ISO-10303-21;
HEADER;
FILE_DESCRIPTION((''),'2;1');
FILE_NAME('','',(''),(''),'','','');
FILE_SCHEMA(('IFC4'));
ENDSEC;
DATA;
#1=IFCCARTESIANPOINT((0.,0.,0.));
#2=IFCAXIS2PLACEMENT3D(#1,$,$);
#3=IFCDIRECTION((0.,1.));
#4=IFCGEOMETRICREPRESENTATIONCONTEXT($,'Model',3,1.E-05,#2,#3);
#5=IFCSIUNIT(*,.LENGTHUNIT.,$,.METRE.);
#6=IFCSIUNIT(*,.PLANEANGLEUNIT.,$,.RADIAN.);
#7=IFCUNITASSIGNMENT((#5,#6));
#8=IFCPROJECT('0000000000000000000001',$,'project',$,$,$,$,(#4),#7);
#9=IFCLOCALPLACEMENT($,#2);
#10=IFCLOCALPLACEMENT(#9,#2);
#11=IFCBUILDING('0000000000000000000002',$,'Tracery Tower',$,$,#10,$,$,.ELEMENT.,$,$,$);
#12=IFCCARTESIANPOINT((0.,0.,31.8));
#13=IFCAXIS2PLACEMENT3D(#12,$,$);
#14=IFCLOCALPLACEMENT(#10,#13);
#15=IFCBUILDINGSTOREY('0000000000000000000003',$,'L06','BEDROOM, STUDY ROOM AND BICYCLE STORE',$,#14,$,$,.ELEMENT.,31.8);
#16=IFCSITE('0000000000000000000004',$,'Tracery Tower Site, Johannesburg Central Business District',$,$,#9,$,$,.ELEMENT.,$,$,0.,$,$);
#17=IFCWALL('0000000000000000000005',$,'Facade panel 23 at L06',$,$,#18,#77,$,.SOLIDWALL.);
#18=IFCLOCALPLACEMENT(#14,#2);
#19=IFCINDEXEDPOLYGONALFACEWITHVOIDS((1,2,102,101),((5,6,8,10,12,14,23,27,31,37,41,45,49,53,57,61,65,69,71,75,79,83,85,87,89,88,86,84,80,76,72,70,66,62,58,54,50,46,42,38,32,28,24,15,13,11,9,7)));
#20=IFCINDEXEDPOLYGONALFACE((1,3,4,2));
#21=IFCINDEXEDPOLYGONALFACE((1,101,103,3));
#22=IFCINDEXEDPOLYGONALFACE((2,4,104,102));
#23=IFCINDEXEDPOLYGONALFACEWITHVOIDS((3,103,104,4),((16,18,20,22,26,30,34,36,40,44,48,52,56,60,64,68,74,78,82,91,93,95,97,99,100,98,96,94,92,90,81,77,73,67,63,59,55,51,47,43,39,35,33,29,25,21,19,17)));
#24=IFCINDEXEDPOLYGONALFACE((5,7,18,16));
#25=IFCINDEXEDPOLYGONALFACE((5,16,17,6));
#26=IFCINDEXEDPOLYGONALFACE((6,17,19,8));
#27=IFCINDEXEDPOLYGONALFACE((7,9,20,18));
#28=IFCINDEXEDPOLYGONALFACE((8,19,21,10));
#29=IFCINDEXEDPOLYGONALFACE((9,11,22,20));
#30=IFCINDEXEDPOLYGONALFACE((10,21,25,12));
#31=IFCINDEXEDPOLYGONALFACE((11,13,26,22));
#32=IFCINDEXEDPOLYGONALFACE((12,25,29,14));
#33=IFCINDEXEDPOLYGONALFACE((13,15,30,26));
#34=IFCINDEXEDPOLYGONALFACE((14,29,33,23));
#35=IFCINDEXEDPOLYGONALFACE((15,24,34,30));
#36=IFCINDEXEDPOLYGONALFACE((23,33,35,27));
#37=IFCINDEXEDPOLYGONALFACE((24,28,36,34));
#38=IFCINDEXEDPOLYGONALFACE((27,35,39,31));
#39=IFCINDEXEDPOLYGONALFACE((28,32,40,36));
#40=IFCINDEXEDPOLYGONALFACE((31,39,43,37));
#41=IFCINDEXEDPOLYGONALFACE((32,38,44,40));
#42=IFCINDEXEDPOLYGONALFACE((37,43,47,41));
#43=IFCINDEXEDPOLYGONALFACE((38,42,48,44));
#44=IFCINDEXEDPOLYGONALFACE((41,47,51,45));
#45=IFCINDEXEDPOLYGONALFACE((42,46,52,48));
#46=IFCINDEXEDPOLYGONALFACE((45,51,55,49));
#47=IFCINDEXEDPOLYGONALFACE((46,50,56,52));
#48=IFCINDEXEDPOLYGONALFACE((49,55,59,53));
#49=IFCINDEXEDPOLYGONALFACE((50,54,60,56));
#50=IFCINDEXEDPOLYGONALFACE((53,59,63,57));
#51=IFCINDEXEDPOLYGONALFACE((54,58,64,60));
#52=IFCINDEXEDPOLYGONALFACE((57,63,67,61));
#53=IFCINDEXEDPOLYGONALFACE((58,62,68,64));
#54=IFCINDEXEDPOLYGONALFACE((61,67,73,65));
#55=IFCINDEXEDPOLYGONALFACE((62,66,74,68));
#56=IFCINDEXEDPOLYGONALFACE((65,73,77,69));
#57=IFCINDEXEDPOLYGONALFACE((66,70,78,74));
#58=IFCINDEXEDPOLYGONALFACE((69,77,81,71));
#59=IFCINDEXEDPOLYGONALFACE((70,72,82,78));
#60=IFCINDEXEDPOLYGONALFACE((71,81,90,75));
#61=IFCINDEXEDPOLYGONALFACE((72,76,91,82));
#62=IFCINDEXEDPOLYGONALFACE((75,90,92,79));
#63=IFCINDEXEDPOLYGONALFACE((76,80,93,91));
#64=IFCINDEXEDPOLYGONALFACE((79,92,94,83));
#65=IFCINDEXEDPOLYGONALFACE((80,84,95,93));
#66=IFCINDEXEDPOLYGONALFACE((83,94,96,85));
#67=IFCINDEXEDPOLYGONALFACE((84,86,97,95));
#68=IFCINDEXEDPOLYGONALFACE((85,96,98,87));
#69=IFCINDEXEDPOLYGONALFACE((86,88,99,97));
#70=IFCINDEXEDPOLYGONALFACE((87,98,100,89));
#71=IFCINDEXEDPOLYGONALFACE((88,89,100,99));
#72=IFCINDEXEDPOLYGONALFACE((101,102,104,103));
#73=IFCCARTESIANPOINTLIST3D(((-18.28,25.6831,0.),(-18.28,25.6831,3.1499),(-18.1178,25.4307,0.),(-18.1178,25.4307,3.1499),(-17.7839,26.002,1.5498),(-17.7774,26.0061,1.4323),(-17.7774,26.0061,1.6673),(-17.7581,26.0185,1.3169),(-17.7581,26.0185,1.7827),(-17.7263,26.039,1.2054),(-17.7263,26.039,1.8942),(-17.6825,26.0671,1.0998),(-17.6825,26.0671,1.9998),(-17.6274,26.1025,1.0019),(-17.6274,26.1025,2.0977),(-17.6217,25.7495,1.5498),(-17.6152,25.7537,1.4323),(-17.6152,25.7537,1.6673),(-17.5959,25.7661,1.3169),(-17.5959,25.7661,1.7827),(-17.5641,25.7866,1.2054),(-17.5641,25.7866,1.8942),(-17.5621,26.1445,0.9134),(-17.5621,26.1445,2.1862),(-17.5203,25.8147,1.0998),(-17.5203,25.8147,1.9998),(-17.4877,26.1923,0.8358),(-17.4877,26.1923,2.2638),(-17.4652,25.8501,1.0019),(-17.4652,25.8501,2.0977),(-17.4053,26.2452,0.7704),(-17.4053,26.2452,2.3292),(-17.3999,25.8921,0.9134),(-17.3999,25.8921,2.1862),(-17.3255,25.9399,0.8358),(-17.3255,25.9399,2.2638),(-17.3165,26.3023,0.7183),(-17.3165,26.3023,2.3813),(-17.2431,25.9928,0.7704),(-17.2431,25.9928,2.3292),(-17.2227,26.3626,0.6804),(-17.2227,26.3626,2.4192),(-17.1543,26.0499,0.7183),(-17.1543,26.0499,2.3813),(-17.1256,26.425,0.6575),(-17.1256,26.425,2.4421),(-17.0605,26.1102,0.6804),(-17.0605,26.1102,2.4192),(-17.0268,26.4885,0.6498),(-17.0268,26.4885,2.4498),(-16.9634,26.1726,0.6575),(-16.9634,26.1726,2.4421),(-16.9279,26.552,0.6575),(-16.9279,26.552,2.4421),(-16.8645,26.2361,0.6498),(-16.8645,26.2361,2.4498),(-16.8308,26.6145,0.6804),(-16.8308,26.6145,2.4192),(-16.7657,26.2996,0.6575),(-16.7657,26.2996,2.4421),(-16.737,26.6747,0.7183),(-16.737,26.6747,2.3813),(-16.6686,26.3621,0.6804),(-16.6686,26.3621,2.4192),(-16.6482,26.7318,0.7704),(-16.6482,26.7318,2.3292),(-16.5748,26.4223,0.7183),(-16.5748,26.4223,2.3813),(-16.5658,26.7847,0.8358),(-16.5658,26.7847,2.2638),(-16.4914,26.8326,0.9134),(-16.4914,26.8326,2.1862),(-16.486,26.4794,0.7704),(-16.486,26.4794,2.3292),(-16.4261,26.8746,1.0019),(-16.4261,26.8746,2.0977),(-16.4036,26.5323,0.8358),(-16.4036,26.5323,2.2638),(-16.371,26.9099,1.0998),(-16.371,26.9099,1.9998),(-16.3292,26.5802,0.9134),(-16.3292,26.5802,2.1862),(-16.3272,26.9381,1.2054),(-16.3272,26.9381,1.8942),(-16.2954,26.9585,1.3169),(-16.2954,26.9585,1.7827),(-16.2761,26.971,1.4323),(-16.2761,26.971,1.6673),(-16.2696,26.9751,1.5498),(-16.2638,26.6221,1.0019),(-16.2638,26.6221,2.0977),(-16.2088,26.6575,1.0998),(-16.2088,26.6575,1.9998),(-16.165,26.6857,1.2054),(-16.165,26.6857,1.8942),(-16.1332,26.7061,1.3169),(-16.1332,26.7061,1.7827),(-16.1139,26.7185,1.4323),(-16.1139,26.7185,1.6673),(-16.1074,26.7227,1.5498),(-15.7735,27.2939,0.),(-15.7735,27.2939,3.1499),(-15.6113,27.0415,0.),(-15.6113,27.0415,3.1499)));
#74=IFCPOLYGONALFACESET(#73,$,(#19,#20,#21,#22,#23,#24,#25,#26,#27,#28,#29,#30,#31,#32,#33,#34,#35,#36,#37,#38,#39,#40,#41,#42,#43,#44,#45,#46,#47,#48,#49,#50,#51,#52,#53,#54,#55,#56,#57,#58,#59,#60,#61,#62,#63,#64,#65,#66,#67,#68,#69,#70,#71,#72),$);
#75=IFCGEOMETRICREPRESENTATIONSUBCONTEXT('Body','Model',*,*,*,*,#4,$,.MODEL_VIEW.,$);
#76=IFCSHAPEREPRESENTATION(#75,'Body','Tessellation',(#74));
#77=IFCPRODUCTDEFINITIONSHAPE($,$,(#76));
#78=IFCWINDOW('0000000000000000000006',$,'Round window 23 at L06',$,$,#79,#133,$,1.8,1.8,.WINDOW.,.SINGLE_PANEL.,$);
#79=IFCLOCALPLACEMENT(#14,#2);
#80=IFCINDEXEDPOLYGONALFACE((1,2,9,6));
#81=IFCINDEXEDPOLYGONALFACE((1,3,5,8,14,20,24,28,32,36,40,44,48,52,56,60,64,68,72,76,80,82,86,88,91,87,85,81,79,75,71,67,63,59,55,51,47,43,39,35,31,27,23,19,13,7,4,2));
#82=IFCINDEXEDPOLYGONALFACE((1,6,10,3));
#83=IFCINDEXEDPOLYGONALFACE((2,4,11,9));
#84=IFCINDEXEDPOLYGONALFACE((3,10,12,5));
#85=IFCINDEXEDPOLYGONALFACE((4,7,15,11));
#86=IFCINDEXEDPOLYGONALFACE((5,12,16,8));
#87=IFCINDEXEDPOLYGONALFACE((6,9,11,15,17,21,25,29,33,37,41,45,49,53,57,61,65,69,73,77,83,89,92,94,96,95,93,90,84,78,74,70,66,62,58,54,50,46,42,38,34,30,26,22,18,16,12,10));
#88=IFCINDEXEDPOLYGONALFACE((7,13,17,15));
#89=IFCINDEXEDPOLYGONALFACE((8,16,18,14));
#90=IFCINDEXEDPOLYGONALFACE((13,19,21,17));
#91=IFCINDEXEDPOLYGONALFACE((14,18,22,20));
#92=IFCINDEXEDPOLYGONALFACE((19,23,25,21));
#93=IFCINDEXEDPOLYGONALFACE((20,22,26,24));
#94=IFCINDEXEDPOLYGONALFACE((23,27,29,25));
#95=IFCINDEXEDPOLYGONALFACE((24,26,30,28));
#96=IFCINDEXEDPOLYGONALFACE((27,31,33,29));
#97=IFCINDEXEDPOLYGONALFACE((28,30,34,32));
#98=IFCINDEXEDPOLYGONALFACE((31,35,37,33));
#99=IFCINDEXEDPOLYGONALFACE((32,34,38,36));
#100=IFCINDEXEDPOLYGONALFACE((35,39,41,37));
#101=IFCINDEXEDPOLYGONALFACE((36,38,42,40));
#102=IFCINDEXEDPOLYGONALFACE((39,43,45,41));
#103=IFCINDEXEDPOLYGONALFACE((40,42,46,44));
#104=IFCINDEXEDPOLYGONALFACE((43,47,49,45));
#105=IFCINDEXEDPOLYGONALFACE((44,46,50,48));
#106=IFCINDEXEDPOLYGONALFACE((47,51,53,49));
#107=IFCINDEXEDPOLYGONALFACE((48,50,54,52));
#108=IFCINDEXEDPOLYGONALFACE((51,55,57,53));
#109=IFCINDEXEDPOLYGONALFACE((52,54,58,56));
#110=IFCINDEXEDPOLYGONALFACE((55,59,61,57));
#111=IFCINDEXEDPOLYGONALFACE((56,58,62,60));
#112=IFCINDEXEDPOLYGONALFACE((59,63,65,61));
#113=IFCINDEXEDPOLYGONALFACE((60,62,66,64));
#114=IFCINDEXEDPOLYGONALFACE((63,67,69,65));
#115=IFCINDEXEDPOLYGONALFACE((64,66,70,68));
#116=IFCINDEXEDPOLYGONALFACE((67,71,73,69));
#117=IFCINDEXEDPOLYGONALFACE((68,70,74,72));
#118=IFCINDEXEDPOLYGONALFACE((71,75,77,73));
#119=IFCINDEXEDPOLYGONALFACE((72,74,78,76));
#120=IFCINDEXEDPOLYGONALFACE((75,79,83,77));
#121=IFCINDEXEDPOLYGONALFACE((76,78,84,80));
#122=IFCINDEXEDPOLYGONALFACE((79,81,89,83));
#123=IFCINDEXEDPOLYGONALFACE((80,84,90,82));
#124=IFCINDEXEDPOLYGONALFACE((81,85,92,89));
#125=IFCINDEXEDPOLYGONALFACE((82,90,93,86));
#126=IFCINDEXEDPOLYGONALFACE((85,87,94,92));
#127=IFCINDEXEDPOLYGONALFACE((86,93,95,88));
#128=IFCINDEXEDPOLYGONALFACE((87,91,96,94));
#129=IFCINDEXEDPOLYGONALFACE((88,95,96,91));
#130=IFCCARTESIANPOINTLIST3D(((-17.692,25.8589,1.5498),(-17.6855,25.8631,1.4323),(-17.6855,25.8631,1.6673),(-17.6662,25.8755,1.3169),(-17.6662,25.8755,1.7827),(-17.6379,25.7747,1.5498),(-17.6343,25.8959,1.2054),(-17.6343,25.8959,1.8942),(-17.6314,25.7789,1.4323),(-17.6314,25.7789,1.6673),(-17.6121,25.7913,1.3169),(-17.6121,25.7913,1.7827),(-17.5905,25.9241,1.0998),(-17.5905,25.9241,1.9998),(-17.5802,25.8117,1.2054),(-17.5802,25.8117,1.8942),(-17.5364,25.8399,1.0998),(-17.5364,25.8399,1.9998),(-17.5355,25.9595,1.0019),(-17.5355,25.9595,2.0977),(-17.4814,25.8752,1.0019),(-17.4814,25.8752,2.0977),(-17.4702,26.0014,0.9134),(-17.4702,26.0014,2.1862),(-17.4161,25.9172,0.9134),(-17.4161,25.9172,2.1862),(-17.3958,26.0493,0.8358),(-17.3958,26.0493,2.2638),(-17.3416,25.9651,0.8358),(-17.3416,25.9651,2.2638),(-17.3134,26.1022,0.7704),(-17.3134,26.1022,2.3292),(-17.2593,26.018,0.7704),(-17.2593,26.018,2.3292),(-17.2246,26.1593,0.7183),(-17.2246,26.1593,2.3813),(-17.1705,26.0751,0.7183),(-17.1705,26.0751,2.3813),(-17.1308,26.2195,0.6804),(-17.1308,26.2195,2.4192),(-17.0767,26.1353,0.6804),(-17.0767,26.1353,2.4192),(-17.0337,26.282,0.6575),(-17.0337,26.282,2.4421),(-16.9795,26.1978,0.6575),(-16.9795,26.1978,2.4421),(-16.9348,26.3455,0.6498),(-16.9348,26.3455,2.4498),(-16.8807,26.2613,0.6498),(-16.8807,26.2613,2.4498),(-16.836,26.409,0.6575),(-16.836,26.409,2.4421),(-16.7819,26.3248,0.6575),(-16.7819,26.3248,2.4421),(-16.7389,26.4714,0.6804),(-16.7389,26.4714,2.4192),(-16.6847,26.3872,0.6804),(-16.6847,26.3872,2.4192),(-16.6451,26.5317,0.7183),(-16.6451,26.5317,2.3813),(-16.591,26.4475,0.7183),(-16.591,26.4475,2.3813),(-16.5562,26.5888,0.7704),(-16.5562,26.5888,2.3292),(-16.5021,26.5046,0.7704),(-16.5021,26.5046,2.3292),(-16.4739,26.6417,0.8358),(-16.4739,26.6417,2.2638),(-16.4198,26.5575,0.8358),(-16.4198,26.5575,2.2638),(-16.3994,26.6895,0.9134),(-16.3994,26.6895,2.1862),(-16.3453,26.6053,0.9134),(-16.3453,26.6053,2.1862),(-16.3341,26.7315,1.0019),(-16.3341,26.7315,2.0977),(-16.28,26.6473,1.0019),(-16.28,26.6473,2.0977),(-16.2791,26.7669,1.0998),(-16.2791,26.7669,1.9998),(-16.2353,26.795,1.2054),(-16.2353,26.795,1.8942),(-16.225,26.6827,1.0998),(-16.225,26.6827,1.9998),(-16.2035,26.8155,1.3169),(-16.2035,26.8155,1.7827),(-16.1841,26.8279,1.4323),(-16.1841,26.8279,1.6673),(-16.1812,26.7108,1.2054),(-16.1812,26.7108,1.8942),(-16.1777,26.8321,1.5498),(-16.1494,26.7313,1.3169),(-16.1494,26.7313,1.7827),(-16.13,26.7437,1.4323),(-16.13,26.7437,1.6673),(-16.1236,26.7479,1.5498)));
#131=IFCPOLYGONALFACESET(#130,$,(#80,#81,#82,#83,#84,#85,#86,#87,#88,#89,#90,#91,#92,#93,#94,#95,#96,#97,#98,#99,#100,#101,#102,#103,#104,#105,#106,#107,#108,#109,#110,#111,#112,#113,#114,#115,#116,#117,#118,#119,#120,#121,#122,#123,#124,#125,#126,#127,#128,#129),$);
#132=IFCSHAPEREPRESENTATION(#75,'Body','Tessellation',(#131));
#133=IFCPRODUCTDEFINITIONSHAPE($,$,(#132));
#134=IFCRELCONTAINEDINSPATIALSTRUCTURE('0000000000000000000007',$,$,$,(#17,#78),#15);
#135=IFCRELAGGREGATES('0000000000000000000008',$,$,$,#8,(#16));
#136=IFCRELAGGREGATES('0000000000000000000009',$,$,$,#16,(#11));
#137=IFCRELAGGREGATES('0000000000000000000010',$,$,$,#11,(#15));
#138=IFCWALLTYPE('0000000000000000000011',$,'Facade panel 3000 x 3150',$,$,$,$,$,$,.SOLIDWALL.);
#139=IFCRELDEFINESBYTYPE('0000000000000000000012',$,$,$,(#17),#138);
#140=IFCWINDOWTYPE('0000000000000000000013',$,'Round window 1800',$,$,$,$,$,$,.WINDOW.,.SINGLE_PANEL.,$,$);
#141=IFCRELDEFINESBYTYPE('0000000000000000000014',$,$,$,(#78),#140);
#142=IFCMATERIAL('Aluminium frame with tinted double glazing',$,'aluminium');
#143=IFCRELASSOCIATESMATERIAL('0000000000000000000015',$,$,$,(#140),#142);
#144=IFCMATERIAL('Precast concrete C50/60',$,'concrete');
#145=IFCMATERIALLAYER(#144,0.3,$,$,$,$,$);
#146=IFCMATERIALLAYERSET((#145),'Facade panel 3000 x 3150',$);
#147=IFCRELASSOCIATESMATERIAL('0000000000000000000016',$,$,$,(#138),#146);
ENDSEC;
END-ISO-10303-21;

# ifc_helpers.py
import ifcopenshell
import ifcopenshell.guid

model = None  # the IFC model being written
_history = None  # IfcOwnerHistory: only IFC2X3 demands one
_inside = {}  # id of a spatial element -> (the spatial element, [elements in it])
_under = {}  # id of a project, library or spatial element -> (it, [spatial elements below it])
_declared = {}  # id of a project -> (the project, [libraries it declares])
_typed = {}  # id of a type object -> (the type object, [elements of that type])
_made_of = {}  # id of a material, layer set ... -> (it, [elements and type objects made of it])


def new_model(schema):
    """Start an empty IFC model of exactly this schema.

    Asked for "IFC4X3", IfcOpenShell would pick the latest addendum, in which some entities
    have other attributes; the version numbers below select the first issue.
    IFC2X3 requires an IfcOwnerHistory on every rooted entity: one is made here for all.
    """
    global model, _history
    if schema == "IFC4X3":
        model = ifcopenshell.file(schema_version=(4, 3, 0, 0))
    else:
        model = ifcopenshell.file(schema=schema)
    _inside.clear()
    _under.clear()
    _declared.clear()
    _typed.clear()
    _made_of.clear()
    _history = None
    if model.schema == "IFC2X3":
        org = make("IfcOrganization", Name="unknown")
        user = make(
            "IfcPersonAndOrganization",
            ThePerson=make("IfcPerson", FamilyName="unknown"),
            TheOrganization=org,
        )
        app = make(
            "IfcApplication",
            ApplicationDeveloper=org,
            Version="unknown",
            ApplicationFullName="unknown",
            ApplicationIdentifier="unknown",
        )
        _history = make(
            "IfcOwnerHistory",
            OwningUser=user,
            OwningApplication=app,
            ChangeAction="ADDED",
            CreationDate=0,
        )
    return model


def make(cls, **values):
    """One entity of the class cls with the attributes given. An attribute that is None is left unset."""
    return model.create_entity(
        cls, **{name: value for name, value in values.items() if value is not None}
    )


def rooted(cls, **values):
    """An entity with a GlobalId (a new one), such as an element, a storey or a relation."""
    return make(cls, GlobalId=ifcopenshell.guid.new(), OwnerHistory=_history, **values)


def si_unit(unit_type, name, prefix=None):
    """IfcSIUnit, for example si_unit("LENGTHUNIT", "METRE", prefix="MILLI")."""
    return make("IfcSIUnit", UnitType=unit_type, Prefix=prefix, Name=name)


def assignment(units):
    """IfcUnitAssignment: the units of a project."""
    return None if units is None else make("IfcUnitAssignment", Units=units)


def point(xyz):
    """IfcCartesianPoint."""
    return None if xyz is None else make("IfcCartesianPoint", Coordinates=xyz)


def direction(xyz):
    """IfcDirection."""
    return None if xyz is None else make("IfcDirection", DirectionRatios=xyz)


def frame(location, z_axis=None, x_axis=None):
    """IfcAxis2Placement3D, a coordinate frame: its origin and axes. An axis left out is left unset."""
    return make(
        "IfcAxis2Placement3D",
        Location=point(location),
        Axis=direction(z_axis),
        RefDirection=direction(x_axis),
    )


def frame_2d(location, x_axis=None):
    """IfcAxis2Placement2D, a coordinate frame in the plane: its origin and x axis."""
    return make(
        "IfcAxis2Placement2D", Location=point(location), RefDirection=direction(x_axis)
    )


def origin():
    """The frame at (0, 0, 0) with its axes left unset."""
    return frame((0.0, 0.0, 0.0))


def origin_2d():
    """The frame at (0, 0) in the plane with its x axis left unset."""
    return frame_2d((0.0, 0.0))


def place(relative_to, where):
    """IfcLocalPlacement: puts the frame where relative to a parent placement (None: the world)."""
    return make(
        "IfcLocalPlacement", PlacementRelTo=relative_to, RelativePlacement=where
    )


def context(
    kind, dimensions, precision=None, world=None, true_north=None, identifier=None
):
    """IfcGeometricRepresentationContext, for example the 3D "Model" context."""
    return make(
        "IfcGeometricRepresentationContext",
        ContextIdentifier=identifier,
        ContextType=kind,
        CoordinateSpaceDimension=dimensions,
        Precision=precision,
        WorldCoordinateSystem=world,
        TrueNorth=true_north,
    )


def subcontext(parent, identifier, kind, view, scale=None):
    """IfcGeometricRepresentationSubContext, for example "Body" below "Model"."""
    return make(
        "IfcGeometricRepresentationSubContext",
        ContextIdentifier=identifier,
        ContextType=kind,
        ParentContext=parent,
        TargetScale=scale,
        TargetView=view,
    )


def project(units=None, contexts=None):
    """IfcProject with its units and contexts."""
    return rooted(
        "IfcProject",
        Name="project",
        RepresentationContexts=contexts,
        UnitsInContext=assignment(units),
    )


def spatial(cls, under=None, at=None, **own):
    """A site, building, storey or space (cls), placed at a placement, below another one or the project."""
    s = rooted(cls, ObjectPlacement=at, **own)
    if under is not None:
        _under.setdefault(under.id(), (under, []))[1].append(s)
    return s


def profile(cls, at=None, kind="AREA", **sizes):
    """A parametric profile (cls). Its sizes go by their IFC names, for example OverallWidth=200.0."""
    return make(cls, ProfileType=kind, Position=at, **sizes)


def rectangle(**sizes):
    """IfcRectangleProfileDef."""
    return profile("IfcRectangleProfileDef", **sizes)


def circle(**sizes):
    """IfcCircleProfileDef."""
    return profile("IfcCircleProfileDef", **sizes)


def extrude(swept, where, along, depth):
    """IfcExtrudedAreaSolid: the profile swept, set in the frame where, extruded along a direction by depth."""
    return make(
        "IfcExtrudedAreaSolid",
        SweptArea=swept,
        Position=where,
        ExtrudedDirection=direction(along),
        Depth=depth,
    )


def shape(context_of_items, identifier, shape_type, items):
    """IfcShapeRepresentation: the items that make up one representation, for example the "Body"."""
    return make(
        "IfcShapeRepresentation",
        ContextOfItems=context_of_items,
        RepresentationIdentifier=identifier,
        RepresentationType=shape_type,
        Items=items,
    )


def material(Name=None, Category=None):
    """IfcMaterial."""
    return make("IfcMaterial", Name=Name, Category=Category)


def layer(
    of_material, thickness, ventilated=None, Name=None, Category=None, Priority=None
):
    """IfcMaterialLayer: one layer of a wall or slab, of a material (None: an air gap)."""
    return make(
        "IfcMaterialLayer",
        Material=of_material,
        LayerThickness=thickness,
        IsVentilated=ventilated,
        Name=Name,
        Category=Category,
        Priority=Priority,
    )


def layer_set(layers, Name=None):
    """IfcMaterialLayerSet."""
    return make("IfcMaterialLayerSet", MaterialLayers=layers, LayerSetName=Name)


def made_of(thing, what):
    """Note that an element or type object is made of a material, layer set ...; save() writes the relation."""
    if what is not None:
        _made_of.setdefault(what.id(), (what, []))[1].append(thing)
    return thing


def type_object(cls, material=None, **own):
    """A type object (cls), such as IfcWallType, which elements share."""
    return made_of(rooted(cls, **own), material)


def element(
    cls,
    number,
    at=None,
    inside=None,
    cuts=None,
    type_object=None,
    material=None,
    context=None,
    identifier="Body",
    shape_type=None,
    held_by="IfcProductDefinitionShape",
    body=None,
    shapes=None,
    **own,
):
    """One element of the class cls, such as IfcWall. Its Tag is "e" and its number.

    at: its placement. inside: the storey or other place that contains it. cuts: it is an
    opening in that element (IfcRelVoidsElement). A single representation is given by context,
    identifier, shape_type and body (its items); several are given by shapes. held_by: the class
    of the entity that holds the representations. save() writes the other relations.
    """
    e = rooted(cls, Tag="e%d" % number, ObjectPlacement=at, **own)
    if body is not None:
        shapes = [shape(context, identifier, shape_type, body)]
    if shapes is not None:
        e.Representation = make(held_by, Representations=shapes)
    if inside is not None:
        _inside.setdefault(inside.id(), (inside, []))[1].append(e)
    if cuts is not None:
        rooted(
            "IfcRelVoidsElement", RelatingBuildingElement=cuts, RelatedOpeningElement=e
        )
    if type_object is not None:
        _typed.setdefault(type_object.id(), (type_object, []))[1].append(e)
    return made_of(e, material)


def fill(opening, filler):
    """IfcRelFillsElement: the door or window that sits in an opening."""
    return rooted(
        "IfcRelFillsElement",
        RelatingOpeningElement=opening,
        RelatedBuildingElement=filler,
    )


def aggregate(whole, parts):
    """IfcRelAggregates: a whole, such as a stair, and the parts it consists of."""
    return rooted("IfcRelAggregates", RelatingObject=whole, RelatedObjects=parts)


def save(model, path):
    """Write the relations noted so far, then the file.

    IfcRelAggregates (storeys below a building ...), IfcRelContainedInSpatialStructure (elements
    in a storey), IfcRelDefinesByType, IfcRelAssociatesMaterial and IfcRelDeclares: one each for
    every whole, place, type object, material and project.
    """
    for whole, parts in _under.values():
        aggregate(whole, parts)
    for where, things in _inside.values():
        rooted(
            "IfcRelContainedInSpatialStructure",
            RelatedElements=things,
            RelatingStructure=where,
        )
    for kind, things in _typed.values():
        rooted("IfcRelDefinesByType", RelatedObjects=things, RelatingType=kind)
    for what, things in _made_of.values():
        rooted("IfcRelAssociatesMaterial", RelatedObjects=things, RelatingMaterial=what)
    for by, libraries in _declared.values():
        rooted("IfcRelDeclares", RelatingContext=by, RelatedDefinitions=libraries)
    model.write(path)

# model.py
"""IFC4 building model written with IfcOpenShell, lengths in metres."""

from ifc_helpers import new_model, si_unit, direction, frame, frame_2d, origin, origin_2d, place, context, subcontext, project, spatial, rectangle, circle, extrude, material, layer, layer_set, type_object, element, fill, save


model = new_model("IFC4")

# Units and contexts
model_context = context("Model", 3, precision=1e-05, world=origin(), true_north=direction((0.0, 1.0)))
body_context = subcontext(model_context, "Body", "Model", "MODEL_VIEW")
ifc_project = project(units=[si_unit("LENGTHUNIT", "METRE"), si_unit("PLANEANGLEUNIT", "RADIAN")], contexts=[model_context])

# Site, building, storey
site_placement = place(None, origin())
site = spatial("IfcSite", under=ifc_project, at=site_placement, Name="Tracery Tower Site, Johannesburg Central Business District", CompositionType="ELEMENT", RefElevation=0.0)
building_placement = place(site_placement, origin())
building = spatial("IfcBuilding", under=site, at=building_placement, Name="Tracery Tower", CompositionType="ELEMENT")
storey_placement = place(building_placement, frame((0.0, 0.0, 31.8)))
storey = spatial("IfcBuildingStorey", under=building, at=storey_placement, Name="L06", Description="BEDROOM, STUDY ROOM AND BICYCLE STORE", CompositionType="ELEMENT", Elevation=31.8)

# Wall, opening, window
ifc_material_1 = material(Name="Aluminium frame with tinted double glazing", Category="aluminium")
window_type = type_object("IfcWindowType", Name="Round window 1800", PartitioningType="SINGLE_PANEL", PredefinedType="WINDOW", material=ifc_material_1)
ifc_material_2 = material(Name="Precast concrete C50/60", Category="concrete")
ifc_layer_1 = layer(ifc_material_2, 0.3)
ifc_layer_set_1 = layer_set([ifc_layer_1], Name="Facade panel 3000 x 3150")
wall_type_1 = type_object("IfcWallType", Name="Facade panel 3000 x 3150", PredefinedType="SOLIDWALL", material=ifc_layer_set_1)
wall_1_placement = place(storey_placement, frame((-15.6924, 27.1677, 0.0), z_axis=(0.0, 0.0, 1.0), x_axis=(-0.841261, -0.540629, 0.0)))
wall_1 = element("IfcWall", 1, at=wall_1_placement, inside=storey, type_object=wall_type_1, Name="Facade panel 23 at L06", PredefinedType="SOLIDWALL", context=body_context, shape_type="SweptSolid", body=[
    extrude(rectangle(XDim=2.9795, YDim=0.3, at=frame_2d((1.4897, 0.0))), origin(), (0.0, 0.0, 1.0), 3.1499),
])
opening_1_placement = place(wall_1_placement, frame((1.4897, 0.0, 1.5498)))
opening_1 = element("IfcOpeningElement", 2, at=opening_1_placement, cuts=wall_1, PredefinedType="OPENING", context=body_context, shape_type="SweptSolid", body=[
    extrude(circle(Radius=0.9, at=origin_2d()), frame((0.0, 0.1599, 0.0), z_axis=(0.0, -1.0, 0.0), x_axis=(1.0, 0.0, 0.0)), (0.0, 0.0, 1.0), 0.3201),
])
window_1_placement = place(opening_1_placement, origin())
window_1 = element("IfcWindow", 3, at=window_1_placement, inside=storey, type_object=window_type, Name="Round window 23 at L06", OverallHeight=1.8, OverallWidth=1.8, PartitioningType="SINGLE_PANEL", PredefinedType="WINDOW", context=body_context, shape_type="SweptSolid", body=[
    extrude(circle(Radius=0.9, at=origin_2d()), frame((0.0, 0.1201, 0.0), z_axis=(0.0, -1.0, 0.0), x_axis=(1.0, 0.0, 0.0)), (0.0, 0.0, 1.0), 0.1001),
])
fill(opening_1, window_1)

save(model, "model.ifc")
